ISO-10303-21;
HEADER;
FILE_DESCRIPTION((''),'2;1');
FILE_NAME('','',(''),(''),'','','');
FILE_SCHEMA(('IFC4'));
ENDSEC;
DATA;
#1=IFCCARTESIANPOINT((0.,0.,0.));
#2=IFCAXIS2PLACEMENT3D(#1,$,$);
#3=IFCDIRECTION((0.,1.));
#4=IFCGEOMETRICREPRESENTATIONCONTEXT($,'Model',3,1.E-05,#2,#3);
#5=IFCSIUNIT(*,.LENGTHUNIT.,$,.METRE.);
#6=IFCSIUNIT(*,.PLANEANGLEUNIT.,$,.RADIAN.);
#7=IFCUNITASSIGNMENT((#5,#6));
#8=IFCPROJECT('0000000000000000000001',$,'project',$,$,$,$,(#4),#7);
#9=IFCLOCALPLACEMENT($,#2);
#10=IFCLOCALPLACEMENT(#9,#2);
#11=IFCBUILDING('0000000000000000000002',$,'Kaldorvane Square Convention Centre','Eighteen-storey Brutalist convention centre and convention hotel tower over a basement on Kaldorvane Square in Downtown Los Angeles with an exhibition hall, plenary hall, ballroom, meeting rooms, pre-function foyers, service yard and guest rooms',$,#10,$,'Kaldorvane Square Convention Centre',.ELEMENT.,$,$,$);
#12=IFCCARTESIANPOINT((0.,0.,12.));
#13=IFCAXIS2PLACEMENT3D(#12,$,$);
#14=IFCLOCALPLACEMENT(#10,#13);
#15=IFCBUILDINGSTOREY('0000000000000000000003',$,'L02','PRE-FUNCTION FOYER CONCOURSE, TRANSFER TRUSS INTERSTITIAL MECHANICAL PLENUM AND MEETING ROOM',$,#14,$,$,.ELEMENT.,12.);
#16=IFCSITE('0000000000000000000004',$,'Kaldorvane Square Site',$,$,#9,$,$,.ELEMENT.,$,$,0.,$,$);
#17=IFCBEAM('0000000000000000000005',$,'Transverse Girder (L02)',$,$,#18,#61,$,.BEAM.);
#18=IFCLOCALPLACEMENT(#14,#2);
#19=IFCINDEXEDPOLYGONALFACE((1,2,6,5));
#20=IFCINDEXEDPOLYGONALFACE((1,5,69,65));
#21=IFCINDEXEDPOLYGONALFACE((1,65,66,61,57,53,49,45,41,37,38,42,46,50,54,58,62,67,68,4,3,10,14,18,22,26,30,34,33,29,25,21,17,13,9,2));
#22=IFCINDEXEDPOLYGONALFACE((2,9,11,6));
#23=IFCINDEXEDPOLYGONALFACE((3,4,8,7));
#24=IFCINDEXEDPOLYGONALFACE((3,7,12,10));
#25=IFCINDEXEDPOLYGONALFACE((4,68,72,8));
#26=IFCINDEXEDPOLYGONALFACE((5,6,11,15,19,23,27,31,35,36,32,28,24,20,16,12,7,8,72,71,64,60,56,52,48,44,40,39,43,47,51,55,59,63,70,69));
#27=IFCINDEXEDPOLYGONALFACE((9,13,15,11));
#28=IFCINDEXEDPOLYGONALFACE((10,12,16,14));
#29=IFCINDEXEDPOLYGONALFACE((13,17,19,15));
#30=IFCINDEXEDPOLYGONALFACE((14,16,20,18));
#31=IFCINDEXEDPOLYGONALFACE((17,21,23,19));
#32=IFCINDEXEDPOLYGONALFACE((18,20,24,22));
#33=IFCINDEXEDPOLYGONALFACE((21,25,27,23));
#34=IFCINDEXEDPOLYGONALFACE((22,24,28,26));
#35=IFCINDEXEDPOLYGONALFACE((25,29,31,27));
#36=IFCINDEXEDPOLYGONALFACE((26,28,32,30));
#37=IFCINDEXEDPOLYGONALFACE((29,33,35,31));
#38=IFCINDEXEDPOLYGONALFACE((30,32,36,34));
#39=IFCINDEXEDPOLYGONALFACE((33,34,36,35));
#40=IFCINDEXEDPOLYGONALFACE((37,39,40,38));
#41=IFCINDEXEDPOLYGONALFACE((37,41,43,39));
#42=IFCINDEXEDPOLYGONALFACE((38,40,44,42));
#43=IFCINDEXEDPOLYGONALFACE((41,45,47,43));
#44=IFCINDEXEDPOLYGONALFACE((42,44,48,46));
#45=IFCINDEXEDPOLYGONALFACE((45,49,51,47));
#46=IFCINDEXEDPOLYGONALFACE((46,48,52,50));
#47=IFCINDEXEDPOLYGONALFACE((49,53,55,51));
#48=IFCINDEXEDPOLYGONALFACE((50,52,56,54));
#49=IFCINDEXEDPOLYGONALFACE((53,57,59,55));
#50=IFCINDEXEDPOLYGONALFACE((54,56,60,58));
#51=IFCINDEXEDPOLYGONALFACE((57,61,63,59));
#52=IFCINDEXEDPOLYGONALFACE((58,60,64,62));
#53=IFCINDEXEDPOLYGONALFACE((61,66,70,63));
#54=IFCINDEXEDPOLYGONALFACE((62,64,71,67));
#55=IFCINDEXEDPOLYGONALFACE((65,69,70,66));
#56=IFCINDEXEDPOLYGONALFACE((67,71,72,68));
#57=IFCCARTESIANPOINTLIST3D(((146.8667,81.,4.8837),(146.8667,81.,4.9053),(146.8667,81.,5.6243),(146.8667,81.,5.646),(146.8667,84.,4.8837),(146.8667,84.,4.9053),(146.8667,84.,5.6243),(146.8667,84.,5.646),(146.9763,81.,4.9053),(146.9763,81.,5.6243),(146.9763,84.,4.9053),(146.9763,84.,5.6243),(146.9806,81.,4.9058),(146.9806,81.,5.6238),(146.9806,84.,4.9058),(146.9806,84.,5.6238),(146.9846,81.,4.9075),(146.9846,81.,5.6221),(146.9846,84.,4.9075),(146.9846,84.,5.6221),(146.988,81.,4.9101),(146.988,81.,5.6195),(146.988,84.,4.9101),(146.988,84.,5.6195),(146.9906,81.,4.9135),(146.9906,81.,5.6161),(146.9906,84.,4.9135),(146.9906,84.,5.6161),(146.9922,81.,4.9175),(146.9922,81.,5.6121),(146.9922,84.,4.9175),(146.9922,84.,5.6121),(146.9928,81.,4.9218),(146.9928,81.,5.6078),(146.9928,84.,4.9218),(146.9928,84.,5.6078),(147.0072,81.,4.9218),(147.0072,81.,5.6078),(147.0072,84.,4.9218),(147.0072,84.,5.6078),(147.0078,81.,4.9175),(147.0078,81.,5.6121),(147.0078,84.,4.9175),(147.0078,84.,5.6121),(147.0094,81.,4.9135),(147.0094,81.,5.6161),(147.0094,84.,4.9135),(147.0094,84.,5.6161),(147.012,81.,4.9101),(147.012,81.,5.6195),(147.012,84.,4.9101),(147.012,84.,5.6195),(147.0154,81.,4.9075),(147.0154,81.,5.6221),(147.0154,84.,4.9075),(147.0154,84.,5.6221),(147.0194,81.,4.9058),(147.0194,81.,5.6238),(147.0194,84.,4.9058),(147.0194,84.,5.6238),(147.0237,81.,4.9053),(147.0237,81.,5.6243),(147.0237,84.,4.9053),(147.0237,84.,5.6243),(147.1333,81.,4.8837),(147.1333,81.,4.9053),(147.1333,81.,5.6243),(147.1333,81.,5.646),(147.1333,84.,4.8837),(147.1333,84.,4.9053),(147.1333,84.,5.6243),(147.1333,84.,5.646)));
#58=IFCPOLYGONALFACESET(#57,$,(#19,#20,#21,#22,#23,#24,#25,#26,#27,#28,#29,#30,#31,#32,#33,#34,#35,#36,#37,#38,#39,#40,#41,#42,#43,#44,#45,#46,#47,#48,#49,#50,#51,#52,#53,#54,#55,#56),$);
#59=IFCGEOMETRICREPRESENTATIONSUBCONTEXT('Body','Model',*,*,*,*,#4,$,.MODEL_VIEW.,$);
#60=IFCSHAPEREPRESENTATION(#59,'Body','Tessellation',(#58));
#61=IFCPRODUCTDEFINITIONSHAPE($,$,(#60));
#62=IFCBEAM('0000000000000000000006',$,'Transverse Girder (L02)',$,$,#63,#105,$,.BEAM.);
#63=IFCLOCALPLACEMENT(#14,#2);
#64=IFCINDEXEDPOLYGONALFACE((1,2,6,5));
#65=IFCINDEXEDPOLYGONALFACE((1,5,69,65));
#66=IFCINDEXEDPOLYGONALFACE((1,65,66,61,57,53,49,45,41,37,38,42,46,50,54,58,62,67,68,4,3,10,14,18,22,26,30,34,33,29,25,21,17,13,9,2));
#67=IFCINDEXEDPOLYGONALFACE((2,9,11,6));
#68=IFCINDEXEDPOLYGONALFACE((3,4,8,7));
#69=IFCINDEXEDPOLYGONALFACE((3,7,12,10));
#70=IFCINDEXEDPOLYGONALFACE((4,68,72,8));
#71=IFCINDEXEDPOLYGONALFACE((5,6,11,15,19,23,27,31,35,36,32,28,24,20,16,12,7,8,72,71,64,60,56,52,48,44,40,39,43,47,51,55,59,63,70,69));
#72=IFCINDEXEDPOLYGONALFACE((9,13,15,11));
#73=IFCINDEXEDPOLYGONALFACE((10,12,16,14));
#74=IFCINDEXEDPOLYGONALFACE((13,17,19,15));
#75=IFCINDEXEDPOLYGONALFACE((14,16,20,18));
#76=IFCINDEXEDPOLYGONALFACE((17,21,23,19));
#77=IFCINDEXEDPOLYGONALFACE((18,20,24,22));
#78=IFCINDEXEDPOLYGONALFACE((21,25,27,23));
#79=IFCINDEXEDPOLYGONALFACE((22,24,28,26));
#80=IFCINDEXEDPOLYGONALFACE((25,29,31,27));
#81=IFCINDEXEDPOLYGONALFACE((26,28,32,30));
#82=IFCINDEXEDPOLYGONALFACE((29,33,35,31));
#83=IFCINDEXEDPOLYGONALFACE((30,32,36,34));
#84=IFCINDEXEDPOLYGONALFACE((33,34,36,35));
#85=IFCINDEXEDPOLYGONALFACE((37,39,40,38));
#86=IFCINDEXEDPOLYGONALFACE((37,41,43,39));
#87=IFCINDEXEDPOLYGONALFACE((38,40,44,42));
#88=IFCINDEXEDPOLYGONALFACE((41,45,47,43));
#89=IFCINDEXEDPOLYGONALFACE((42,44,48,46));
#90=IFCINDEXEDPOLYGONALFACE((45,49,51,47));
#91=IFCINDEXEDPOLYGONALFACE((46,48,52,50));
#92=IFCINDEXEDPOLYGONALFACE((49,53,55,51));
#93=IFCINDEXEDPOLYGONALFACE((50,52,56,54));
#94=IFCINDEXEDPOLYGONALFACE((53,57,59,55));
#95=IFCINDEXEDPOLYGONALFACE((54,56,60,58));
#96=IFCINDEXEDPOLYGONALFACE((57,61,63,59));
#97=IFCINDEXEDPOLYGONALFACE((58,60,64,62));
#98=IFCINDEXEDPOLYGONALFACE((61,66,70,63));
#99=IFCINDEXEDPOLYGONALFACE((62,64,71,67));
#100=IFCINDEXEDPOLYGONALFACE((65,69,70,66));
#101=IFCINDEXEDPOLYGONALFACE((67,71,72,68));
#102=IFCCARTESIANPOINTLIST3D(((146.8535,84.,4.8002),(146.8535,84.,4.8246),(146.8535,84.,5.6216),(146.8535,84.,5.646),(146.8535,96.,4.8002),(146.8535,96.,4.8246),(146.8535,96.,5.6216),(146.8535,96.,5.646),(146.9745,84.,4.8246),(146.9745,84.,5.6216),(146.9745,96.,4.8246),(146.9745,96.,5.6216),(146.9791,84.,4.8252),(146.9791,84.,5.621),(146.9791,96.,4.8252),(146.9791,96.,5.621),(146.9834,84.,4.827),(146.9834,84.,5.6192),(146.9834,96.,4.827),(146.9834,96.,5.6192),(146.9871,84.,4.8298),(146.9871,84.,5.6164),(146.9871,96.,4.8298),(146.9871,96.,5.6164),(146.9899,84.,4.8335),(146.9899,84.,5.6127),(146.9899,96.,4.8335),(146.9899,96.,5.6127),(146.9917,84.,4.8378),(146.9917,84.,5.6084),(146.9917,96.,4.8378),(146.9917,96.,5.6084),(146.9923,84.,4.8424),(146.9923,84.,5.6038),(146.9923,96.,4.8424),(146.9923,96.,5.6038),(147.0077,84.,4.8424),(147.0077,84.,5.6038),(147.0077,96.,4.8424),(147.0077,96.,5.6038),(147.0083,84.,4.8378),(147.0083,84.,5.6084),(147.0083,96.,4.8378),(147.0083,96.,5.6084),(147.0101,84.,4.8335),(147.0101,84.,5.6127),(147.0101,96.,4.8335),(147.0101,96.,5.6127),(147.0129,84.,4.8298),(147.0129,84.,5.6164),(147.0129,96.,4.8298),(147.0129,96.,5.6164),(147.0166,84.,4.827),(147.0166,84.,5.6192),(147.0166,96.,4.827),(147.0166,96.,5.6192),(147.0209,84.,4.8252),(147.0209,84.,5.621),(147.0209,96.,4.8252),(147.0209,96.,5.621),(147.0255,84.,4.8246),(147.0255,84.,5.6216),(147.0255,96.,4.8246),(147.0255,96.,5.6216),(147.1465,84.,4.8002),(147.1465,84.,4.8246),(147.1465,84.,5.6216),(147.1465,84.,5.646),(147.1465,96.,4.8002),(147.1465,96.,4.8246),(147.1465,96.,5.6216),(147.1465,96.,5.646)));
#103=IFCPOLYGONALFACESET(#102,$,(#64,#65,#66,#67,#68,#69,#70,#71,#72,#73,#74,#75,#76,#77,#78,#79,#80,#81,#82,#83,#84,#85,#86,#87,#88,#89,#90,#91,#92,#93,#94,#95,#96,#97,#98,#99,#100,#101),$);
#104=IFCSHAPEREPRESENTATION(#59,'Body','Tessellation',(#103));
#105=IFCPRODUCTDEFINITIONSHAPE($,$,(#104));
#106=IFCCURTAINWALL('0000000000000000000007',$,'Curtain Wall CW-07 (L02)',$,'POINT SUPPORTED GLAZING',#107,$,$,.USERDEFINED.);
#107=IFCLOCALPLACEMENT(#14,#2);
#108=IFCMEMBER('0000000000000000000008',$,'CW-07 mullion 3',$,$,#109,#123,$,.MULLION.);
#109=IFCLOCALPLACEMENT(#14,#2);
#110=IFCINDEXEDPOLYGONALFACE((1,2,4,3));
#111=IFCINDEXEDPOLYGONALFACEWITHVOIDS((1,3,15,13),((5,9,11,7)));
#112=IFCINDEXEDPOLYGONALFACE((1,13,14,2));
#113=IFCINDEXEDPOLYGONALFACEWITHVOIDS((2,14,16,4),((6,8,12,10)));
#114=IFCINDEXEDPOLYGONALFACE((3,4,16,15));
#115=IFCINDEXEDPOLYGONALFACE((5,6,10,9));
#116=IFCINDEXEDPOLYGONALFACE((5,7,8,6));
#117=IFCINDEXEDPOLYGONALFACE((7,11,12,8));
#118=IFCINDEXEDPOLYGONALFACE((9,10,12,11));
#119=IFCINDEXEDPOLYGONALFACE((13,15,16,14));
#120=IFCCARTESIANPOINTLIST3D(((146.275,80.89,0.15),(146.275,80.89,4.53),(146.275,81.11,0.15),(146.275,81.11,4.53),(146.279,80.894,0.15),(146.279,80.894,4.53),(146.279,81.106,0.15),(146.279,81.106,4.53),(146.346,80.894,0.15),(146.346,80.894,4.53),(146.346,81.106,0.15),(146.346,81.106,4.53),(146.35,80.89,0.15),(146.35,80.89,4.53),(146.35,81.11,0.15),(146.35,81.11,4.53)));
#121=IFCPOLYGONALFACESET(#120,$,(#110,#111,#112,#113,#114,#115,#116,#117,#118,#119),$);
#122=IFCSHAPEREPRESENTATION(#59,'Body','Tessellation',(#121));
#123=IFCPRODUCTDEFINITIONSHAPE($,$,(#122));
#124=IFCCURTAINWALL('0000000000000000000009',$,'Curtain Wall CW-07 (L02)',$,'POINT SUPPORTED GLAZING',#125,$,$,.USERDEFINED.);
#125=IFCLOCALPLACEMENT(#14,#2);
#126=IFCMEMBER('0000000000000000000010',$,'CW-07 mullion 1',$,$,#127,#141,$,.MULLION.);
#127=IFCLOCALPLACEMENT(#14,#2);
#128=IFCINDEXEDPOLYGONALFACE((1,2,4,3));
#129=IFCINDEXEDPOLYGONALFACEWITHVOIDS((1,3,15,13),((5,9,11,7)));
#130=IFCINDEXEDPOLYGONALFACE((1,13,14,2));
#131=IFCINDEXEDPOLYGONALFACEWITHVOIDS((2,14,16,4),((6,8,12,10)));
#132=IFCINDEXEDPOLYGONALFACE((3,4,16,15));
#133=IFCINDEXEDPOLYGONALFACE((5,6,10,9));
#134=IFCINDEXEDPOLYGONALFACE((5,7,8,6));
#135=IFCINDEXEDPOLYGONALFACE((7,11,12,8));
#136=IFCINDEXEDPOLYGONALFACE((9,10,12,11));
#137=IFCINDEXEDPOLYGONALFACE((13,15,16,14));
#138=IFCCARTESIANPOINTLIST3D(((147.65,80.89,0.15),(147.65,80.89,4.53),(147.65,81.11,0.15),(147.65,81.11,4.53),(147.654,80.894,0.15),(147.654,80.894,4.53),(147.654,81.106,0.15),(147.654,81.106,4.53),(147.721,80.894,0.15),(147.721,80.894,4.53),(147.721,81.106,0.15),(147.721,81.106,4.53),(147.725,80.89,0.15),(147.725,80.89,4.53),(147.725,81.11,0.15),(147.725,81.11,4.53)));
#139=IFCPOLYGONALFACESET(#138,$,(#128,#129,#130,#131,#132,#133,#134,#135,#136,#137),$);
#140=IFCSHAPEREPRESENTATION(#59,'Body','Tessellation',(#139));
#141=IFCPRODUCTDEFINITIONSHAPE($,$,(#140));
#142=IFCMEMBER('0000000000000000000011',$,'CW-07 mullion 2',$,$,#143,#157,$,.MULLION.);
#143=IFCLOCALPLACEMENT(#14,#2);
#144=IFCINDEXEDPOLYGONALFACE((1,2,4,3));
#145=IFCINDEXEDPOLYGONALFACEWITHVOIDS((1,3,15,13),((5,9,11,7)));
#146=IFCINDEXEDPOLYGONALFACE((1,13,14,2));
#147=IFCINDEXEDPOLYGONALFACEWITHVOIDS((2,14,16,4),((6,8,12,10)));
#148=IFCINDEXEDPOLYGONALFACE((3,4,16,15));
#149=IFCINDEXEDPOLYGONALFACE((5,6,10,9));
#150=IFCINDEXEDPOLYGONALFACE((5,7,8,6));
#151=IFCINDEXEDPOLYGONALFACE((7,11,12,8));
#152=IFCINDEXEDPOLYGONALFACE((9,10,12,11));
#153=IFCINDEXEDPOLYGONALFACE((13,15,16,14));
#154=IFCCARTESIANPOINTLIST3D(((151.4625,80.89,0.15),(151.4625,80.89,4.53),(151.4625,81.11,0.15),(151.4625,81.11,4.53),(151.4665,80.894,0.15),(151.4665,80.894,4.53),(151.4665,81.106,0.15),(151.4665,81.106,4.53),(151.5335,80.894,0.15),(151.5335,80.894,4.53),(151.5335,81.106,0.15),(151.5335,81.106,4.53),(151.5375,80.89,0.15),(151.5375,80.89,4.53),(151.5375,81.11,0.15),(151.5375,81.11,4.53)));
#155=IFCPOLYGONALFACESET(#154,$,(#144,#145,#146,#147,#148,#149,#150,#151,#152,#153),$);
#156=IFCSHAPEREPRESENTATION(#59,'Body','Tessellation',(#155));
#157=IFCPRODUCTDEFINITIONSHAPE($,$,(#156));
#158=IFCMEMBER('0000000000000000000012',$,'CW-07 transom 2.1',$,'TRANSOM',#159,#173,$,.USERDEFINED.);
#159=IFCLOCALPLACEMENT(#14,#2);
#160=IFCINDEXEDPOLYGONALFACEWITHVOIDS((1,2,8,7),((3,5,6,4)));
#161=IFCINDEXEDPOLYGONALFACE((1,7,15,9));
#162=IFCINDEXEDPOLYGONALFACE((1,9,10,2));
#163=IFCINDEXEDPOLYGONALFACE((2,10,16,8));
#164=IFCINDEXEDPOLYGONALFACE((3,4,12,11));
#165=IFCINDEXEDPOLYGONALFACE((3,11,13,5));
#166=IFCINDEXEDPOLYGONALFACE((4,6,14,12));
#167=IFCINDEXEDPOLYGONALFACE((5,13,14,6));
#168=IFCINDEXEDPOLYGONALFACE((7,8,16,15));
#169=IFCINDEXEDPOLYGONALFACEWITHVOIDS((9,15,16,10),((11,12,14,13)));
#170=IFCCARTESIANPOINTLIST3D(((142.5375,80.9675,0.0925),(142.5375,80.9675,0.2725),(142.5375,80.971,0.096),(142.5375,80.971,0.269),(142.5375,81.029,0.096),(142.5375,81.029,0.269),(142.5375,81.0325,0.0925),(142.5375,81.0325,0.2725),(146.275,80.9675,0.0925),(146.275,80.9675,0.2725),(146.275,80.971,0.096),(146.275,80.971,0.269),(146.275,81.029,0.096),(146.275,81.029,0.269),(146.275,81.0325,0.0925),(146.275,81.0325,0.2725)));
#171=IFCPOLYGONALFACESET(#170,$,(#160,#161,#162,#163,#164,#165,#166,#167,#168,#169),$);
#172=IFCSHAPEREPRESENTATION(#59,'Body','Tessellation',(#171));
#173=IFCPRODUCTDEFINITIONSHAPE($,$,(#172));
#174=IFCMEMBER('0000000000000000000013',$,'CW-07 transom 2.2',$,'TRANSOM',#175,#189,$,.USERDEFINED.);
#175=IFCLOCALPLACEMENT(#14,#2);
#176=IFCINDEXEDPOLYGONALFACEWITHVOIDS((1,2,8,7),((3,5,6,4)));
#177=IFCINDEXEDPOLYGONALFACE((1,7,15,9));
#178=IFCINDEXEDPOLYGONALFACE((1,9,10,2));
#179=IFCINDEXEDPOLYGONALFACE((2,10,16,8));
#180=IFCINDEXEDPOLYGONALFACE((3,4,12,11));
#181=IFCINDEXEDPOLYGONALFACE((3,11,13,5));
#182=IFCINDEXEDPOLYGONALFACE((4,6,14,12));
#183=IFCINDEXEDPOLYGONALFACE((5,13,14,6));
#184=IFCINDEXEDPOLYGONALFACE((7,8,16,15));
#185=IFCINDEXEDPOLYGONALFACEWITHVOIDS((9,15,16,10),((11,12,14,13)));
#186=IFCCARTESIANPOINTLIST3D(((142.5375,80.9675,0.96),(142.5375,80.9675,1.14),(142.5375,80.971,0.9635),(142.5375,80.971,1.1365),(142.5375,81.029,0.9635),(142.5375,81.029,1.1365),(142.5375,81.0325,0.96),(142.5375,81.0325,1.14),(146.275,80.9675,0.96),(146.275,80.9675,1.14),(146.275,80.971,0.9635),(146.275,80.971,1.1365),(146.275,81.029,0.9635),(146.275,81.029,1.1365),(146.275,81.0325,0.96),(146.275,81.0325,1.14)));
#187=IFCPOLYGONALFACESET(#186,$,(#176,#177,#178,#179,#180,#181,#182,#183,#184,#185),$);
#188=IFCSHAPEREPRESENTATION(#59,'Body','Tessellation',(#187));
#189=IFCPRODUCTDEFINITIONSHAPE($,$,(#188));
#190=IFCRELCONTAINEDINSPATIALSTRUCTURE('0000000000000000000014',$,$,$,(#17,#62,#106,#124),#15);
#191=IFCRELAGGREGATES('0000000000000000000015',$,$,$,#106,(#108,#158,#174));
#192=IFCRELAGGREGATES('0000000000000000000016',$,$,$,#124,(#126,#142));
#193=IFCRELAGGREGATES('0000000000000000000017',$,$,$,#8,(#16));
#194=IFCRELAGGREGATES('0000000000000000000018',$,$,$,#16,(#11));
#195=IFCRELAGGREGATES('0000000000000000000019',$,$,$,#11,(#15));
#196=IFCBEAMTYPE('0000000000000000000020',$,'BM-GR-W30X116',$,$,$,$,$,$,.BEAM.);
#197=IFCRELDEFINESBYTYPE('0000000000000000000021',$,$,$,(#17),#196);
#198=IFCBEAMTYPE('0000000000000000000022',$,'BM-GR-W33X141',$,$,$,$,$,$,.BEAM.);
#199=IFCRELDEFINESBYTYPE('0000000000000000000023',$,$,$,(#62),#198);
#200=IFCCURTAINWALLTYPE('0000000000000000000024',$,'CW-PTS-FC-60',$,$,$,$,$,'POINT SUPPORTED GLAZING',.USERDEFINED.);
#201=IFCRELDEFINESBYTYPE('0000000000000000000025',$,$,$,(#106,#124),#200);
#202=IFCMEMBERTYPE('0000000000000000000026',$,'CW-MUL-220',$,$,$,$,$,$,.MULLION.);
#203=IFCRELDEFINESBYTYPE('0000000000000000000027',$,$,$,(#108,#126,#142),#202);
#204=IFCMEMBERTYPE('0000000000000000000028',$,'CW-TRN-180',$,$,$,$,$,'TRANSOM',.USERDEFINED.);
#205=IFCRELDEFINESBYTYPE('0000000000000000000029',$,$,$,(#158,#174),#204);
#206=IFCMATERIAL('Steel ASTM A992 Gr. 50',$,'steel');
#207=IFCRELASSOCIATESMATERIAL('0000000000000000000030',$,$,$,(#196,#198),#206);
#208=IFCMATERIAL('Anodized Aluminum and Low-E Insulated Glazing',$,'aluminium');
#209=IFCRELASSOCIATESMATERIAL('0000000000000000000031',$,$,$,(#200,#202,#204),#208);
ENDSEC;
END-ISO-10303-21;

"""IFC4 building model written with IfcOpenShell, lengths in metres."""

from ifc_helpers import new_model, si_unit, direction, frame, origin, origin_2d, place, context, subcontext, project, spatial, hollow_rectangle, i_section, extrude, material, material_profile, profile_set, type_object, element, aggregate, save


model = new_model("IFC4")

# Units and contexts
model_context = context("Model", 3, precision=1e-05, world=origin(), true_north=direction((0.0, 1.0)))
body_context = subcontext(model_context, "Body", "Model", "MODEL_VIEW")
ifc_project = project(units=[si_unit("LENGTHUNIT", "METRE"), si_unit("PLANEANGLEUNIT", "RADIAN")], contexts=[model_context])

# Site, building, storey
site_placement = place(None, origin())
site = spatial("IfcSite", under=ifc_project, at=site_placement, Name="Kaldorvane Square Site", CompositionType="ELEMENT", RefElevation=0.0)
building_placement = place(site_placement, origin())
building = spatial("IfcBuilding", under=site, at=building_placement, Name="Kaldorvane Square Convention Centre", Description="Eighteen-storey Brutalist convention centre and convention hotel tower over a basement on Kaldorvane Square in Downtown Los Angeles with an exhibition hall, plenary hall, ballroom, meeting rooms, pre-function foyers, service yard and guest rooms", LongName="Kaldorvane Square Convention Centre", CompositionType="ELEMENT")
storey_placement = place(building_placement, frame((0.0, 0.0, 12.0)))
storey = spatial("IfcBuildingStorey", under=building, at=storey_placement, Name="L02", Description="PRE-FUNCTION FOYER CONCOURSE, TRANSFER TRUSS INTERSTITIAL MECHANICAL PLENUM AND MEETING ROOM", CompositionType="ELEMENT", Elevation=12.0)

# Shared definitions
ifc_material_1 = material(Name="Steel ASTM A992 Gr. 50", Category="steel")

# Beams
ifc_material_profile_1 = material_profile(ifc_material_1, i_section(OverallWidth=0.2666, OverallDepth=0.7623, WebThickness=0.0144, FlangeThickness=0.0216, FilletRadius=0.0165, at=origin_2d()), Name="W30X116")
ifc_profile_set_1 = profile_set([ifc_material_profile_1], Name="Steel ASTM A992 Gr. 50")
beam_type_1 = type_object("IfcBeamType", Name="BM-GR-W30X116", PredefinedType="BEAM", material=ifc_profile_set_1)
beam_1_placement = place(storey_placement, frame((147.0, 81.0, 5.2648), z_axis=(0.0, 1.0, 0.0), x_axis=(-1.0, 0.0, 0.0)))
element("IfcBeam", 1, at=beam_1_placement, inside=storey, type_object=beam_type_1, Name="Transverse Girder (L02)", PredefinedType="BEAM", context=body_context, shape_type="SweptSolid", body=[
    extrude(i_section(OverallWidth=0.2666, OverallDepth=0.7623, WebThickness=0.0144, FlangeThickness=0.0216, FilletRadius=0.0165, at=origin_2d()), origin(), (0.0, 0.0, 1.0), 3.0),
])
ifc_material_profile_2 = material_profile(ifc_material_1, i_section(OverallWidth=0.293, OverallDepth=0.8458, WebThickness=0.0154, FlangeThickness=0.0244, FilletRadius=0.0178, at=origin_2d()), Name="W33X141")
ifc_profile_set_2 = profile_set([ifc_material_profile_2], Name="Steel ASTM A992 Gr. 50")
beam_type_2 = type_object("IfcBeamType", Name="BM-GR-W33X141", PredefinedType="BEAM", material=ifc_profile_set_2)
beam_2_placement = place(storey_placement, frame((147.0, 84.0, 5.2231), z_axis=(0.0, 1.0, 0.0), x_axis=(-1.0, 0.0, 0.0)))
element("IfcBeam", 2, at=beam_2_placement, inside=storey, type_object=beam_type_2, Name="Transverse Girder (L02)", PredefinedType="BEAM", context=body_context, shape_type="SweptSolid", body=[
    extrude(i_section(OverallWidth=0.293, OverallDepth=0.8458, WebThickness=0.0154, FlangeThickness=0.0244, FilletRadius=0.0178, at=origin_2d()), origin(), (0.0, 0.0, 1.0), 12.0),
])

# Curtain wall, member
ifc_material_2 = material(Name="Anodized Aluminum and Low-E Insulated Glazing", Category="aluminium")
curtain_wall_type = type_object("IfcCurtainWallType", Name="CW-PTS-FC-60", ElementType="POINT SUPPORTED GLAZING", PredefinedType="USERDEFINED", material=ifc_material_2)
curtain_wall_1_placement = place(storey_placement, origin())
curtain_wall_1 = element("IfcCurtainWall", 3, at=curtain_wall_1_placement, inside=storey, type_object=curtain_wall_type, Name="Curtain Wall CW-07 (L02)", ObjectType="POINT SUPPORTED GLAZING", PredefinedType="USERDEFINED")
ifc_material_profile_3 = material_profile(ifc_material_2, hollow_rectangle(XDim=0.075, YDim=0.22, WallThickness=0.004, at=origin_2d()), Name="CWM-220X75")
ifc_profile_set_3 = profile_set([ifc_material_profile_3], Name="Anodized Aluminum and Low-E Insulated Glazing")
member_type_1 = type_object("IfcMemberType", Name="CW-MUL-220", PredefinedType="MULLION", material=ifc_profile_set_3)
member_1_placement = place(storey_placement, frame((146.3125, 81.0, 0.15), z_axis=(0.0, 0.0, 1.0), x_axis=(1.0, 0.0, 0.0)))
member_1 = element("IfcMember", 4, at=member_1_placement, type_object=member_type_1, Name="CW-07 mullion 3", PredefinedType="MULLION", context=body_context, shape_type="SweptSolid", body=[
    extrude(hollow_rectangle(XDim=0.075, YDim=0.22, WallThickness=0.004, at=origin_2d()), origin(), (0.0, 0.0, 1.0), 4.38),
])

# Curtain wall, members
curtain_wall_2_placement = place(storey_placement, origin())
curtain_wall_2 = element("IfcCurtainWall", 5, at=curtain_wall_2_placement, inside=storey, type_object=curtain_wall_type, Name="Curtain Wall CW-07 (L02)", ObjectType="POINT SUPPORTED GLAZING", PredefinedType="USERDEFINED")
member_2_placement = place(storey_placement, frame((147.6875, 81.0, 0.15), z_axis=(0.0, 0.0, 1.0), x_axis=(1.0, 0.0, 0.0)))
member_2 = element("IfcMember", 6, at=member_2_placement, type_object=member_type_1, Name="CW-07 mullion 1", PredefinedType="MULLION", context=body_context, shape_type="SweptSolid", body=[
    extrude(hollow_rectangle(XDim=0.075, YDim=0.22, WallThickness=0.004, at=origin_2d()), origin(), (0.0, 0.0, 1.0), 4.38),
])
member_3_placement = place(storey_placement, frame((151.5, 81.0, 0.15), z_axis=(0.0, 0.0, 1.0), x_axis=(1.0, 0.0, 0.0)))
member_3 = element("IfcMember", 7, at=member_3_placement, type_object=member_type_1, Name="CW-07 mullion 2", PredefinedType="MULLION", context=body_context, shape_type="SweptSolid", body=[
    extrude(hollow_rectangle(XDim=0.075, YDim=0.22, WallThickness=0.004, at=origin_2d()), origin(), (0.0, 0.0, 1.0), 4.38),
])

# Members
ifc_material_profile_4 = material_profile(ifc_material_2, hollow_rectangle(XDim=0.065, YDim=0.18, WallThickness=0.0035, at=origin_2d()), Name="CWT-180X65")
ifc_profile_set_4 = profile_set([ifc_material_profile_4], Name="Anodized Aluminum and Low-E Insulated Glazing")
member_type_2 = type_object("IfcMemberType", Name="CW-TRN-180", ElementType="TRANSOM", PredefinedType="USERDEFINED", material=ifc_profile_set_4)
member_4_placement = place(storey_placement, frame((142.5375, 81.0, 0.1825), z_axis=(1.0, 0.0, 0.0), x_axis=(0.0, 1.0, 0.0)))
member_4 = element("IfcMember", 8, at=member_4_placement, type_object=member_type_2, Name="CW-07 transom 2.1", ObjectType="TRANSOM", PredefinedType="USERDEFINED", context=body_context, shape_type="SweptSolid", body=[
    extrude(hollow_rectangle(XDim=0.065, YDim=0.18, WallThickness=0.0035, at=origin_2d()), origin(), (0.0, 0.0, 1.0), 3.7375),
])
member_5_placement = place(storey_placement, frame((142.5375, 81.0, 1.05), z_axis=(1.0, 0.0, 0.0), x_axis=(0.0, 1.0, 0.0)))
member_5 = element("IfcMember", 9, at=member_5_placement, type_object=member_type_2, Name="CW-07 transom 2.2", ObjectType="TRANSOM", PredefinedType="USERDEFINED", context=body_context, shape_type="SweptSolid", body=[
    extrude(hollow_rectangle(XDim=0.065, YDim=0.18, WallThickness=0.0035, at=origin_2d()), origin(), (0.0, 0.0, 1.0), 3.7375),
])

aggregate(curtain_wall_1, [member_1, member_4, member_5])
aggregate(curtain_wall_2, [member_2, member_3])

save(model, "model.ifc")
